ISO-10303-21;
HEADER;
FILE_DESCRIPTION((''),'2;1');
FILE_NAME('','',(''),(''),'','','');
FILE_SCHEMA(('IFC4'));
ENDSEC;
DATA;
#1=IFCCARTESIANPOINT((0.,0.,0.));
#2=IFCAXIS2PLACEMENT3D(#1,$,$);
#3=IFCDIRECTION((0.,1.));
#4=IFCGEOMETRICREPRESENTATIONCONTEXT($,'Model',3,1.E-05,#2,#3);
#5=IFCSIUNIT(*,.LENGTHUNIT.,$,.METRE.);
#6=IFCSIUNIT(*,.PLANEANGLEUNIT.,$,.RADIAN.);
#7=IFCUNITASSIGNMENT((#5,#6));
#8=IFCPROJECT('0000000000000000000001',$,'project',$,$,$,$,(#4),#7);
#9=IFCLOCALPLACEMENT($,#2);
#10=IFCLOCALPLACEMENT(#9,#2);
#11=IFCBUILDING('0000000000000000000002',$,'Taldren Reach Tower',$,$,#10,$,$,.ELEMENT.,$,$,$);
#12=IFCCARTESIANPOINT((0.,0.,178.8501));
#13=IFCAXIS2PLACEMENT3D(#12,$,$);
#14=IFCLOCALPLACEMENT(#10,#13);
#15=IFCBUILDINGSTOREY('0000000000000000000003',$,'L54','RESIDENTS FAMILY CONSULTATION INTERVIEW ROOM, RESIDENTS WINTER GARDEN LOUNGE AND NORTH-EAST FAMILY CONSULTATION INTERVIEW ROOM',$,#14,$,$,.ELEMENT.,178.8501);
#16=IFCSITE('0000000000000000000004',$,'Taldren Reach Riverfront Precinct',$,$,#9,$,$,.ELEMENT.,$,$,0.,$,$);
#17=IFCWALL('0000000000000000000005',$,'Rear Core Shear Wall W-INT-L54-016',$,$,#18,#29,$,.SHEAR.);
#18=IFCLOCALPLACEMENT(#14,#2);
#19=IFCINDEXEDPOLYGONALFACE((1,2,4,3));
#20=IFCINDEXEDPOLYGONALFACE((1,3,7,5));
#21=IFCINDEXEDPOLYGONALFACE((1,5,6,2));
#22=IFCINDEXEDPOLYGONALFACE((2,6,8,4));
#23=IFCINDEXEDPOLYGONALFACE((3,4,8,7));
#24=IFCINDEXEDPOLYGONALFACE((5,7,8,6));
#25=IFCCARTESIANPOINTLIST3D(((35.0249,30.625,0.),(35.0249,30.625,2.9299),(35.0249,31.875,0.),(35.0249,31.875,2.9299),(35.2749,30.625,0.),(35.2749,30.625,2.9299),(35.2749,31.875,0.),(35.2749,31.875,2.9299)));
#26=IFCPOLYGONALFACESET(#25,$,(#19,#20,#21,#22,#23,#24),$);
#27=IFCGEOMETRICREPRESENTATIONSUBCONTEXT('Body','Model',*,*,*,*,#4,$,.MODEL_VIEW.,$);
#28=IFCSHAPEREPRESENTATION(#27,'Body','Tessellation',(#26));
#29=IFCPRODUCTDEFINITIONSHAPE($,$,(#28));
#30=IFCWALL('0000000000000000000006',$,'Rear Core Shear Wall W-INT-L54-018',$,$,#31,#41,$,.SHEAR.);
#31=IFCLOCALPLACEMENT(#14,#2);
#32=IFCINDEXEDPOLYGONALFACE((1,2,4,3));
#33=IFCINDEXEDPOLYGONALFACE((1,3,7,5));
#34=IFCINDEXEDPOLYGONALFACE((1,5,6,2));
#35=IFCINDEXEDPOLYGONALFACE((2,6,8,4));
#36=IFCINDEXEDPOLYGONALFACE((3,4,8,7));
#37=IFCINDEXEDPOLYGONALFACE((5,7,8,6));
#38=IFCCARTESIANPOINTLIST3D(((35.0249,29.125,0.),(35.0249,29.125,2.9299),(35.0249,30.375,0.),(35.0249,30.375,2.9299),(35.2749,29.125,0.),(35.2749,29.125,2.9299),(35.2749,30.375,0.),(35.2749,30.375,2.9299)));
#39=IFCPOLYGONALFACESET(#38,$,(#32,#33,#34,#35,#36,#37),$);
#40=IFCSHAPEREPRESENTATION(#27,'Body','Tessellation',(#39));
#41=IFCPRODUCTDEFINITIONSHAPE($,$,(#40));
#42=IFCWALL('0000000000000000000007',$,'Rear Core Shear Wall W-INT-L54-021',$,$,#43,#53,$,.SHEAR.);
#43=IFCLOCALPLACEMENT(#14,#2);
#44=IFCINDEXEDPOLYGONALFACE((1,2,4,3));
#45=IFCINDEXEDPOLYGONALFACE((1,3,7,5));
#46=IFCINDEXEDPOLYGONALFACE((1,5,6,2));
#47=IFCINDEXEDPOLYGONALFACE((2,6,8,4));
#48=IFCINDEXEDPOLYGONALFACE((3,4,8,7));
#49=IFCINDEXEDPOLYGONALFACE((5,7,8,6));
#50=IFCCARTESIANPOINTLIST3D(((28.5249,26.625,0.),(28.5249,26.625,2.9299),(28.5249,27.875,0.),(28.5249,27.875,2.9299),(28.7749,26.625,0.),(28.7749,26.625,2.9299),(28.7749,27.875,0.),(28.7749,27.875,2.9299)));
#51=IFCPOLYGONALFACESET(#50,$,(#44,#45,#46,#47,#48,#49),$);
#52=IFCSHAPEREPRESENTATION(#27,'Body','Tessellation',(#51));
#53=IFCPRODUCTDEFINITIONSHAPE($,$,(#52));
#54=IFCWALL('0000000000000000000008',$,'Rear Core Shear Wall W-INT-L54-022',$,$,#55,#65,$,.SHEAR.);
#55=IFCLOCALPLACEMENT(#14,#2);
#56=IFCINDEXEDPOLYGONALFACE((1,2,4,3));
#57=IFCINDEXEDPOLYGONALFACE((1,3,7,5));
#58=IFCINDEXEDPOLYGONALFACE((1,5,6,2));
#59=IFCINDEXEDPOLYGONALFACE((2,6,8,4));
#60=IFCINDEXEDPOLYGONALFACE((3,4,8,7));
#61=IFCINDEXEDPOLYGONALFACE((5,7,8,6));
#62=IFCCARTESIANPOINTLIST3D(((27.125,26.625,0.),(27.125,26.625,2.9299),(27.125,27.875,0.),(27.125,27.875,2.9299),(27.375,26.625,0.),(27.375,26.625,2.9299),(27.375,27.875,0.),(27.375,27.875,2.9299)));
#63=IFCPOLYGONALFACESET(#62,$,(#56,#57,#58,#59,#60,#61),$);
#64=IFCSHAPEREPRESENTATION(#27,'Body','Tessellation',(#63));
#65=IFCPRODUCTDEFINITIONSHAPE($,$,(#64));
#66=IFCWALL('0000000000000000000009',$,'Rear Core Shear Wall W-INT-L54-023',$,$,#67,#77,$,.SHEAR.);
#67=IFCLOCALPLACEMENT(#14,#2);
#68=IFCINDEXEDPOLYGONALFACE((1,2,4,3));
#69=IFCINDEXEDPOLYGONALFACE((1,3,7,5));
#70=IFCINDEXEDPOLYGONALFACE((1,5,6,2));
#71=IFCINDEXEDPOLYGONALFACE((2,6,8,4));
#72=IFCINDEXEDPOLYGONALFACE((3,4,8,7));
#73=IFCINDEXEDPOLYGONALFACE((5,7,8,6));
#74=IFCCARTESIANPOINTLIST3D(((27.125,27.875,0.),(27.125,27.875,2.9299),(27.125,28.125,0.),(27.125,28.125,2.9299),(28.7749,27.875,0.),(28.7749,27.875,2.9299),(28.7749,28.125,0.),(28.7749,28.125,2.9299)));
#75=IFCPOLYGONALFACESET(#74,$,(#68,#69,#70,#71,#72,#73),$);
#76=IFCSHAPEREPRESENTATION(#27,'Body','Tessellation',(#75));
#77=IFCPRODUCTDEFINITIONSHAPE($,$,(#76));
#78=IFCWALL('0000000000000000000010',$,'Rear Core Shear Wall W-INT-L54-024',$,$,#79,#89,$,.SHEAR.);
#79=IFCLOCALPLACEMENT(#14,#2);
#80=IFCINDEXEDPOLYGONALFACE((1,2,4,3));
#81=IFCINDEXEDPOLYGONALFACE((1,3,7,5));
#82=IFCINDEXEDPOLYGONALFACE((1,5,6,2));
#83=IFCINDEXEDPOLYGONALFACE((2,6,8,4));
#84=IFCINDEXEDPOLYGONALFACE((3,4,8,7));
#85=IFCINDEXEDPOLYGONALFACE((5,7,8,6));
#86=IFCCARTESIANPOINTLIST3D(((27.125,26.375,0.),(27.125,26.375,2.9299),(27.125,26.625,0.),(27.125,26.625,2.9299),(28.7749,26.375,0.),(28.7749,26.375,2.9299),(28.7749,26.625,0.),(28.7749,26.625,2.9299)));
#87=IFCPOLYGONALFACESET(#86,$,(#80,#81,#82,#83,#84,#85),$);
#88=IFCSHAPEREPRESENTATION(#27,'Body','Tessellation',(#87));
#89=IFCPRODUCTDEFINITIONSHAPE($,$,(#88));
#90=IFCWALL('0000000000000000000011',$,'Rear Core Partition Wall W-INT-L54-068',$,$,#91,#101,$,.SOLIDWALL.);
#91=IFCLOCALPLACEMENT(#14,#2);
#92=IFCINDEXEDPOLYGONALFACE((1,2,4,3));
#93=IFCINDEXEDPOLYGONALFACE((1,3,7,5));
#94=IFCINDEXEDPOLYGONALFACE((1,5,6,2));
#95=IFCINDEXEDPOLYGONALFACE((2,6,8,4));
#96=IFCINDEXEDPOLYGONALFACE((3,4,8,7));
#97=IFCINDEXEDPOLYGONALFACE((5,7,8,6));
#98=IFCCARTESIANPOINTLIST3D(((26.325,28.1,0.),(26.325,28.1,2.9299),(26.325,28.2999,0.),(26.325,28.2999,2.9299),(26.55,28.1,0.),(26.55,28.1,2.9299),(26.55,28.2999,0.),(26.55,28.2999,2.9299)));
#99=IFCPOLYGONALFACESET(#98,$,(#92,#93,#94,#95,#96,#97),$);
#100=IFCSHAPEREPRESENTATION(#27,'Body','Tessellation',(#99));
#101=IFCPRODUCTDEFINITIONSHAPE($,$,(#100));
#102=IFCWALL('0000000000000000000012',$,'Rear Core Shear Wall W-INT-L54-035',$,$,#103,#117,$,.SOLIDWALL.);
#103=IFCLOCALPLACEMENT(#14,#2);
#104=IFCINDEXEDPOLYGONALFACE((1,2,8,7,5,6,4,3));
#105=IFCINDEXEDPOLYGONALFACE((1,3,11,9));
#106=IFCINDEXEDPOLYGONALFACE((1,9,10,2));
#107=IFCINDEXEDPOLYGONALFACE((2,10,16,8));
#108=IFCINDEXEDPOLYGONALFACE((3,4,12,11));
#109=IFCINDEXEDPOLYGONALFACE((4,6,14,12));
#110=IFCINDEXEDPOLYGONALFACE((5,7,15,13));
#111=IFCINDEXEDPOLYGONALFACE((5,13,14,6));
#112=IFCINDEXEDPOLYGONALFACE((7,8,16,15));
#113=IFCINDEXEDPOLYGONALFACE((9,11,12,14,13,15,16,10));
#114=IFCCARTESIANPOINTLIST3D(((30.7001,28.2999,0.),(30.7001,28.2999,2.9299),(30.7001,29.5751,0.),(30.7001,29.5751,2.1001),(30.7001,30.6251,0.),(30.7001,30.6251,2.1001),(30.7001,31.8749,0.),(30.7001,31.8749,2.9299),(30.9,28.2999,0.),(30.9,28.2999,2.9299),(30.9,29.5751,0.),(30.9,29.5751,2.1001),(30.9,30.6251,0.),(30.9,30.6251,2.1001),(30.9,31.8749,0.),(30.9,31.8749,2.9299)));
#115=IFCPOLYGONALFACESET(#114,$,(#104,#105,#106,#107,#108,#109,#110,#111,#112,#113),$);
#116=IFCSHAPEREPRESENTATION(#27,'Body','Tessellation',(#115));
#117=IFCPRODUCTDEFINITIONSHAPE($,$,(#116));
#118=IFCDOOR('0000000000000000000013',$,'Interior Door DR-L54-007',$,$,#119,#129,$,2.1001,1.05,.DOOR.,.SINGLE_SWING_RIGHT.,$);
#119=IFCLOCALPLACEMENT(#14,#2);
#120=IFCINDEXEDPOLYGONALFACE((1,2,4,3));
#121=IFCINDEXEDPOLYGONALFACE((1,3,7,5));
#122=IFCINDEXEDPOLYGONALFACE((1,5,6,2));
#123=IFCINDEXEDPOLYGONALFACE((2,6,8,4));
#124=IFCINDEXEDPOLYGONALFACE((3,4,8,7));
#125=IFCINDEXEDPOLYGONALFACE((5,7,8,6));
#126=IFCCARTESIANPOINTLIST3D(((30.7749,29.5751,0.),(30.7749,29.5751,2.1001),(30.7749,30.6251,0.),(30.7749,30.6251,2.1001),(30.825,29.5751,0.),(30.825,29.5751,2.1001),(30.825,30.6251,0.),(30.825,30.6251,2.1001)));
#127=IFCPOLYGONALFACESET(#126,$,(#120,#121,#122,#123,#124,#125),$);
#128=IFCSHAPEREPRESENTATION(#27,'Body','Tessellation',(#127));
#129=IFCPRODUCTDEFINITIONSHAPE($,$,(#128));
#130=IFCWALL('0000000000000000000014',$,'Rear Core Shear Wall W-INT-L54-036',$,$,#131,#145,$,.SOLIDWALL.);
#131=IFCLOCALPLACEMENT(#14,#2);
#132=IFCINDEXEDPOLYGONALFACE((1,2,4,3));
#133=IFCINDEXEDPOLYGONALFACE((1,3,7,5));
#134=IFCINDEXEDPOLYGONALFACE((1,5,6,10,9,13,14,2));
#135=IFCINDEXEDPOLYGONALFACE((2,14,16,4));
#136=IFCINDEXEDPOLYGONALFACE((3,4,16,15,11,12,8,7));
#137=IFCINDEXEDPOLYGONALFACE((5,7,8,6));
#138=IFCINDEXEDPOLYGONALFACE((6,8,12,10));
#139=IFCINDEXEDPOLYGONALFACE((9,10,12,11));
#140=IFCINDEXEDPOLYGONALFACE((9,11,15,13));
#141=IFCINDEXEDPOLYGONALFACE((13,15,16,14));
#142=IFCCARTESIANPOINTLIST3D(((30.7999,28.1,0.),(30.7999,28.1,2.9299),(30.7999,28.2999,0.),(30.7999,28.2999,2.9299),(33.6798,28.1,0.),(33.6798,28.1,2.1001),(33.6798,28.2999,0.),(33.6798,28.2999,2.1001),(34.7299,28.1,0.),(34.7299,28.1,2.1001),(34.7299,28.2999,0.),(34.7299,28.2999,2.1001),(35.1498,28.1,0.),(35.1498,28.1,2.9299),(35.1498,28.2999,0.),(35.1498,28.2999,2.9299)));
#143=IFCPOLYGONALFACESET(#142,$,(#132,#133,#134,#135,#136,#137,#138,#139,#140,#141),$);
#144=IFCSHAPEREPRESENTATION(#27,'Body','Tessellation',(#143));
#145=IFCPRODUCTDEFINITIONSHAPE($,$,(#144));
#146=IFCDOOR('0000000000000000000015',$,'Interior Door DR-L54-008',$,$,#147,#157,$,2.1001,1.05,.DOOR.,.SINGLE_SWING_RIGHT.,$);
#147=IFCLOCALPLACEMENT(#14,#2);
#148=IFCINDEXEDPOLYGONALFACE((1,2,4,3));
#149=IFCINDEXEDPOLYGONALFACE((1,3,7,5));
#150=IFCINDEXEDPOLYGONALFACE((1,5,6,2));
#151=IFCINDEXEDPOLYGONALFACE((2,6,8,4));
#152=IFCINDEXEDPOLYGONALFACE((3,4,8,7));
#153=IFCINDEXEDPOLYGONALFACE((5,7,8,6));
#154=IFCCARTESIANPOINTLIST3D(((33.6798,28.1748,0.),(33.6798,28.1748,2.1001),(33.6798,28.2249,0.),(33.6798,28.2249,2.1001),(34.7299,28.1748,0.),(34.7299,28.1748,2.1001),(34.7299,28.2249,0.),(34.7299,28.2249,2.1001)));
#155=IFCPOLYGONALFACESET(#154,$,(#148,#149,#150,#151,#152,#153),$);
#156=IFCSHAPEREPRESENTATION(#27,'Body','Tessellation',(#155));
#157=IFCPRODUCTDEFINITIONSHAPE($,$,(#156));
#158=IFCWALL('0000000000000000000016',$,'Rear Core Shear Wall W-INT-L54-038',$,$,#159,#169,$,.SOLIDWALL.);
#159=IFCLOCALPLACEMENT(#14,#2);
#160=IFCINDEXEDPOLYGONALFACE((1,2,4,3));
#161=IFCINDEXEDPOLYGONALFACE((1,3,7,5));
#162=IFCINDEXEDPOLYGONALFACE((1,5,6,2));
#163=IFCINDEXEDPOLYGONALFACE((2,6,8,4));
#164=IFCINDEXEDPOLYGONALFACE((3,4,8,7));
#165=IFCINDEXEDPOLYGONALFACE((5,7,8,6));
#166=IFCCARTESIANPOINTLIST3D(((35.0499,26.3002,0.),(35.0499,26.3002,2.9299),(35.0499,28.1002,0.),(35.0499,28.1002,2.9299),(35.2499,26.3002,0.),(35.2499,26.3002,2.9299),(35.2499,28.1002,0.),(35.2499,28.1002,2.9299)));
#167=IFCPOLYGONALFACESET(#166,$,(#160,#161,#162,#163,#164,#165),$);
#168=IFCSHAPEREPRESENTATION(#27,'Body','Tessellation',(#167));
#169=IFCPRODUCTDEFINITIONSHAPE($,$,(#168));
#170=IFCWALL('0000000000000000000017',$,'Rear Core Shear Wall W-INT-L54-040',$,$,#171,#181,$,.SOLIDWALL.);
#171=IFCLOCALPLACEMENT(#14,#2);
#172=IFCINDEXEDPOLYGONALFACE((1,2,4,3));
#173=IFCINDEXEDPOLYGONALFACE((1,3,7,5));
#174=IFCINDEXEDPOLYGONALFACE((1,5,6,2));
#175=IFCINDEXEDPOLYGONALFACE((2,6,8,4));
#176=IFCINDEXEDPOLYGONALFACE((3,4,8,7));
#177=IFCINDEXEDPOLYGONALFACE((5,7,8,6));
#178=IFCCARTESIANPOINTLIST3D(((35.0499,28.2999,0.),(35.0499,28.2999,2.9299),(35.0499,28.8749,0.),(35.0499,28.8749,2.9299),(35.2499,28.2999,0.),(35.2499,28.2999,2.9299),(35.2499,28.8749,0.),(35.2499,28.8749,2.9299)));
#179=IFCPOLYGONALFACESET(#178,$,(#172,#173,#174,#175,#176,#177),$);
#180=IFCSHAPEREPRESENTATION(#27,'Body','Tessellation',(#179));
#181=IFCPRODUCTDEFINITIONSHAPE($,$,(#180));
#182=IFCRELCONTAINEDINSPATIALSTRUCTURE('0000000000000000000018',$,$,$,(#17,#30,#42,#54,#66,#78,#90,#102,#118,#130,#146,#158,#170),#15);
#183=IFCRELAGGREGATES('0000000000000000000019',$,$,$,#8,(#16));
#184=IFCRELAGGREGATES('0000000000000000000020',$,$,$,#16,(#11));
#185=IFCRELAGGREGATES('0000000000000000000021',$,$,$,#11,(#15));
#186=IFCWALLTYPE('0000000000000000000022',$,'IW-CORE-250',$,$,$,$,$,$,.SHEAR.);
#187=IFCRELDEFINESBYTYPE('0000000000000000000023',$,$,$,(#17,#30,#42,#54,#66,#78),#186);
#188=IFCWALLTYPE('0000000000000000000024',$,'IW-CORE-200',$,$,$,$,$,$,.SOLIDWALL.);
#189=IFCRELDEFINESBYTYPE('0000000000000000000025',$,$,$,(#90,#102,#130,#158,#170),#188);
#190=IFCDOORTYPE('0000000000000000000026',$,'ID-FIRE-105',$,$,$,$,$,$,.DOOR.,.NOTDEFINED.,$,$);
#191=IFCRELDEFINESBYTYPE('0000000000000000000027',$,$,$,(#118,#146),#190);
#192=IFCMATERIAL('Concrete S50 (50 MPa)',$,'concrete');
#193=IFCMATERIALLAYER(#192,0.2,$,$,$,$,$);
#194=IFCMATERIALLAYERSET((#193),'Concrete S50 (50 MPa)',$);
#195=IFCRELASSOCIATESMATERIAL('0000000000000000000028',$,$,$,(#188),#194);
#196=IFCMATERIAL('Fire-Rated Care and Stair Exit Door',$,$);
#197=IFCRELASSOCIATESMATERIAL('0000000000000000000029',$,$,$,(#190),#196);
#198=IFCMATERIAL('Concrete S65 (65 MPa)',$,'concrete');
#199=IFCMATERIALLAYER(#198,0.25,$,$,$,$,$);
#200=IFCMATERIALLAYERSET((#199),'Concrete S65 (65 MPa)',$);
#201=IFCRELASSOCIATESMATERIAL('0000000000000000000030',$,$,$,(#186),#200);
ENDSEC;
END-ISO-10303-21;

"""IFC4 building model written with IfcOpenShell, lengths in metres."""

from ifc_helpers import new_model, si_unit, direction, frame, frame_2d, origin, place, context, subcontext, project, spatial, rectangle, extrude, source, transform, mapped, material, layer, layer_set, type_object, element, fill, save


model = new_model("IFC4")

# Units and contexts
model_context = context("Model", 3, precision=1e-05, world=origin(), true_north=direction((0.0, 1.0)))
body_context = subcontext(model_context, "Body", "Model", "MODEL_VIEW")
ifc_project = project(units=[si_unit("LENGTHUNIT", "METRE"), si_unit("PLANEANGLEUNIT", "RADIAN")], contexts=[model_context])

# Site, building, storey
site_placement = place(None, origin())
site = spatial("IfcSite", under=ifc_project, at=site_placement, Name="Taldren Reach Riverfront Precinct", CompositionType="ELEMENT", RefElevation=0.0)
building_placement = place(site_placement, origin())
building = spatial("IfcBuilding", under=site, at=building_placement, Name="Taldren Reach Tower", CompositionType="ELEMENT")
storey_placement = place(building_placement, frame((0.0, 0.0, 178.8501)))
storey = spatial("IfcBuildingStorey", under=building, at=storey_placement, Name="L54", Description="RESIDENTS FAMILY CONSULTATION INTERVIEW ROOM, RESIDENTS WINTER GARDEN LOUNGE AND NORTH-EAST FAMILY CONSULTATION INTERVIEW ROOM", CompositionType="ELEMENT", Elevation=178.8501)

# Shared definitions
ifc_material_1 = material(Name="Concrete S50 (50 MPa)", Category="concrete")
ifc_layer_1 = layer(ifc_material_1, 0.2)
ifc_layer_set_1 = layer_set([ifc_layer_1], Name="Concrete S50 (50 MPa)")
wall_type_1 = type_object("IfcWallType", Name="IW-CORE-200", PredefinedType="SOLIDWALL", material=ifc_layer_set_1)
shared_shape_1 = source(origin(), body_context, "Body", "SweptSolid", [
    extrude(rectangle(XDim=1.05, YDim=2.1001, at=frame_2d((0.5249, 1.05))), frame((0.0, 0.1099, 0.0), z_axis=(0.0, -1.0, 0.0), x_axis=(1.0, 0.0, 0.0)), (0.0, 0.0, 1.0), 0.22),
])
ifc_material_2 = material(Name="Fire-Rated Care and Stair Exit Door")
door_type = type_object("IfcDoorType", Name="ID-FIRE-105", OperationType="NOTDEFINED", PredefinedType="DOOR", material=ifc_material_2)
shared_shape_2 = source(origin(), body_context, "Body", "SweptSolid", [
    extrude(rectangle(XDim=1.05, YDim=2.1001, at=frame_2d((0.5249, 1.05))), frame((0.0, 0.0249, 0.0), z_axis=(0.0, -1.0, 0.0), x_axis=(1.0, 0.0, 0.0)), (0.0, 0.0, 1.0), 0.05),
])

# Shared definitions
ifc_material_3 = material(Name="Concrete S65 (65 MPa)", Category="concrete")
ifc_layer_2 = layer(ifc_material_3, 0.25)
ifc_layer_set_2 = layer_set([ifc_layer_2], Name="Concrete S65 (65 MPa)")
wall_type_2 = type_object("IfcWallType", Name="IW-CORE-250", PredefinedType="SHEAR", material=ifc_layer_set_2)

# Walls
shared_shape_3 = source(origin(), body_context, "Body", "SweptSolid", [
    extrude(rectangle(XDim=1.25, YDim=0.25, at=frame_2d((0.625, 0.0))), origin(), (0.0, 0.0, 1.0), 2.9299),
])
for number, where, z_axis, x_axis, name in (
    (1, (35.1499, 31.875, 0.0), (0.0, 0.0, 1.0), (0.0, -1.0, 0.0), "Rear Core Shear Wall W-INT-L54-016"),
    (2, (35.1499, 30.375, 0.0), (0.0, 0.0, 1.0), (0.0, -1.0, 0.0), "Rear Core Shear Wall W-INT-L54-018"),
    (3, (28.6499, 26.625, 0.0), (0.0, 0.0, 1.0), (0.0, 1.0, 0.0), "Rear Core Shear Wall W-INT-L54-021"),
    (4, (27.25, 27.875, 0.0), (0.0, 0.0, 1.0), (0.0, -1.0, 0.0), "Rear Core Shear Wall W-INT-L54-022"),
):
    element("IfcWall", number, at=place(storey_placement, frame(where, z_axis=z_axis, x_axis=x_axis)), inside=storey, type_object=wall_type_2, Name=name, PredefinedType="SHEAR", context=body_context, shape_type="MappedRepresentation", body=[
        mapped(shared_shape_3, transform((0.0, 0.0, 0.0), scale=1.0)),
    ])
shared_shape_4 = source(origin(), body_context, "Body", "SweptSolid", [
    extrude(rectangle(XDim=1.6499, YDim=0.25, at=frame_2d((0.825, 0.0))), origin(), (0.0, 0.0, 1.0), 2.9299),
])
for number, where, z_axis, x_axis, name in (
    (5, (28.7749, 28.0, 0.0), (0.0, 0.0, 1.0), (-1.0, 0.0, 0.0), "Rear Core Shear Wall W-INT-L54-023"),
    (6, (27.125, 26.5, 0.0), (0.0, 0.0, 1.0), (1.0, 0.0, 0.0), "Rear Core Shear Wall W-INT-L54-024"),
):
    element("IfcWall", number, at=place(storey_placement, frame(where, z_axis=z_axis, x_axis=x_axis)), inside=storey, type_object=wall_type_2, Name=name, PredefinedType="SHEAR", context=body_context, shape_type="MappedRepresentation", body=[
        mapped(shared_shape_4, transform((0.0, 0.0, 0.0), scale=1.0)),
    ])
shared_shape_5 = source(origin(), body_context, "Body", "SweptSolid", [
    extrude(rectangle(XDim=0.2251, YDim=0.2, at=frame_2d((0.1125, 0.0))), origin(), (0.0, 0.0, 1.0), 2.9299),
])
wall_1_placement = place(storey_placement, frame((26.325, 28.2, 0.0), z_axis=(0.0, 0.0, 1.0), x_axis=(1.0, 0.0, 0.0)))
element("IfcWall", 7, at=wall_1_placement, inside=storey, type_object=wall_type_1, Name="Rear Core Partition Wall W-INT-L54-068", PredefinedType="SOLIDWALL", context=body_context, shape_type="MappedRepresentation", body=[
    mapped(shared_shape_5, transform((0.0, 0.0, 0.0), scale=1.0)),
])

# Walls, openings, doors
shared_shape_6 = source(origin(), body_context, "Body", "SweptSolid", [
    extrude(rectangle(XDim=3.575, YDim=0.2, at=frame_2d((1.7876, 0.0))), origin(), (0.0, 0.0, 1.0), 2.9299),
])
wall_2_placement = place(storey_placement, frame((30.8, 31.875, 0.0), z_axis=(0.0, 0.0, 1.0), x_axis=(0.0, -1.0, 0.0)))
wall_2 = element("IfcWall", 8, at=wall_2_placement, inside=storey, type_object=wall_type_1, Name="Rear Core Shear Wall W-INT-L54-035", PredefinedType="SOLIDWALL", context=body_context, shape_type="MappedRepresentation", body=[
    mapped(shared_shape_6, transform((0.0, 0.0, 0.0), scale=1.0)),
])
opening_1_placement = place(wall_2_placement, frame((1.25, 0.0, 0.0)))
opening_1 = element("IfcOpeningElement", 9, at=opening_1_placement, cuts=wall_2, PredefinedType="OPENING", context=body_context, shape_type="MappedRepresentation", body=[
    mapped(shared_shape_1, transform((0.0, 0.0, 0.0), scale=1.0)),
])
door_1_placement = place(opening_1_placement, origin())
door_1 = element("IfcDoor", 10, at=door_1_placement, inside=storey, type_object=door_type, Name="Interior Door DR-L54-007", OperationType="SINGLE_SWING_RIGHT", OverallHeight=2.1001, OverallWidth=1.05, PredefinedType="DOOR", context=body_context, shape_type="MappedRepresentation", body=[
    mapped(shared_shape_2, transform((0.0, 0.0, 0.0), scale=1.0)),
])
fill(opening_1, door_1)
shared_shape_7 = source(origin(), body_context, "Body", "SweptSolid", [
    extrude(rectangle(XDim=4.3499, YDim=0.2, at=frame_2d((2.1748, 0.0))), origin(), (0.0, 0.0, 1.0), 2.9299),
])
wall_3_placement = place(storey_placement, frame((30.8, 28.2, 0.0), z_axis=(0.0, 0.0, 1.0), x_axis=(1.0, 0.0, 0.0)))
wall_3 = element("IfcWall", 11, at=wall_3_placement, inside=storey, type_object=wall_type_1, Name="Rear Core Shear Wall W-INT-L54-036", PredefinedType="SOLIDWALL", context=body_context, shape_type="MappedRepresentation", body=[
    mapped(shared_shape_7, transform((0.0, 0.0, 0.0), scale=1.0)),
])
opening_2_placement = place(wall_3_placement, frame((2.8799, 0.0, 0.0)))
opening_2 = element("IfcOpeningElement", 12, at=opening_2_placement, cuts=wall_3, PredefinedType="OPENING", context=body_context, shape_type="MappedRepresentation", body=[
    mapped(shared_shape_1, transform((0.0, 0.0, 0.0), scale=1.0)),
])
door_2_placement = place(opening_2_placement, origin())
door_2 = element("IfcDoor", 13, at=door_2_placement, inside=storey, type_object=door_type, Name="Interior Door DR-L54-008", OperationType="SINGLE_SWING_RIGHT", OverallHeight=2.1001, OverallWidth=1.05, PredefinedType="DOOR", context=body_context, shape_type="MappedRepresentation", body=[
    mapped(shared_shape_2, transform((0.0, 0.0, 0.0), scale=1.0)),
])
fill(opening_2, door_2)

# Walls
shared_shape_8 = source(origin(), body_context, "Body", "SweptSolid", [
    extrude(rectangle(XDim=1.8, YDim=0.2, at=frame_2d((0.8999, 0.0))), origin(), (0.0, 0.0, 1.0), 2.9299),
])
wall_4_placement = place(storey_placement, frame((35.1499, 28.1001, 0.0), z_axis=(0.0, 0.0, 1.0), x_axis=(0.0, -1.0, 0.0)))
element("IfcWall", 14, at=wall_4_placement, inside=storey, type_object=wall_type_1, Name="Rear Core Shear Wall W-INT-L54-038", PredefinedType="SOLIDWALL", context=body_context, shape_type="MappedRepresentation", body=[
    mapped(shared_shape_8, transform((0.0, 0.0, 0.0), scale=1.0)),
])
shared_shape_9 = source(origin(), body_context, "Body", "SweptSolid", [
    extrude(rectangle(XDim=0.575, YDim=0.2, at=frame_2d((0.2876, 0.0))), origin(), (0.0, 0.0, 1.0), 2.9299),
])
wall_5_placement = place(storey_placement, frame((35.1499, 28.875, 0.0), z_axis=(0.0, 0.0, 1.0), x_axis=(0.0, -1.0, 0.0)))
element("IfcWall", 15, at=wall_5_placement, inside=storey, type_object=wall_type_1, Name="Rear Core Shear Wall W-INT-L54-040", PredefinedType="SOLIDWALL", context=body_context, shape_type="MappedRepresentation", body=[
    mapped(shared_shape_9, transform((0.0, 0.0, 0.0), scale=1.0)),
])

save(model, "model.ifc")
